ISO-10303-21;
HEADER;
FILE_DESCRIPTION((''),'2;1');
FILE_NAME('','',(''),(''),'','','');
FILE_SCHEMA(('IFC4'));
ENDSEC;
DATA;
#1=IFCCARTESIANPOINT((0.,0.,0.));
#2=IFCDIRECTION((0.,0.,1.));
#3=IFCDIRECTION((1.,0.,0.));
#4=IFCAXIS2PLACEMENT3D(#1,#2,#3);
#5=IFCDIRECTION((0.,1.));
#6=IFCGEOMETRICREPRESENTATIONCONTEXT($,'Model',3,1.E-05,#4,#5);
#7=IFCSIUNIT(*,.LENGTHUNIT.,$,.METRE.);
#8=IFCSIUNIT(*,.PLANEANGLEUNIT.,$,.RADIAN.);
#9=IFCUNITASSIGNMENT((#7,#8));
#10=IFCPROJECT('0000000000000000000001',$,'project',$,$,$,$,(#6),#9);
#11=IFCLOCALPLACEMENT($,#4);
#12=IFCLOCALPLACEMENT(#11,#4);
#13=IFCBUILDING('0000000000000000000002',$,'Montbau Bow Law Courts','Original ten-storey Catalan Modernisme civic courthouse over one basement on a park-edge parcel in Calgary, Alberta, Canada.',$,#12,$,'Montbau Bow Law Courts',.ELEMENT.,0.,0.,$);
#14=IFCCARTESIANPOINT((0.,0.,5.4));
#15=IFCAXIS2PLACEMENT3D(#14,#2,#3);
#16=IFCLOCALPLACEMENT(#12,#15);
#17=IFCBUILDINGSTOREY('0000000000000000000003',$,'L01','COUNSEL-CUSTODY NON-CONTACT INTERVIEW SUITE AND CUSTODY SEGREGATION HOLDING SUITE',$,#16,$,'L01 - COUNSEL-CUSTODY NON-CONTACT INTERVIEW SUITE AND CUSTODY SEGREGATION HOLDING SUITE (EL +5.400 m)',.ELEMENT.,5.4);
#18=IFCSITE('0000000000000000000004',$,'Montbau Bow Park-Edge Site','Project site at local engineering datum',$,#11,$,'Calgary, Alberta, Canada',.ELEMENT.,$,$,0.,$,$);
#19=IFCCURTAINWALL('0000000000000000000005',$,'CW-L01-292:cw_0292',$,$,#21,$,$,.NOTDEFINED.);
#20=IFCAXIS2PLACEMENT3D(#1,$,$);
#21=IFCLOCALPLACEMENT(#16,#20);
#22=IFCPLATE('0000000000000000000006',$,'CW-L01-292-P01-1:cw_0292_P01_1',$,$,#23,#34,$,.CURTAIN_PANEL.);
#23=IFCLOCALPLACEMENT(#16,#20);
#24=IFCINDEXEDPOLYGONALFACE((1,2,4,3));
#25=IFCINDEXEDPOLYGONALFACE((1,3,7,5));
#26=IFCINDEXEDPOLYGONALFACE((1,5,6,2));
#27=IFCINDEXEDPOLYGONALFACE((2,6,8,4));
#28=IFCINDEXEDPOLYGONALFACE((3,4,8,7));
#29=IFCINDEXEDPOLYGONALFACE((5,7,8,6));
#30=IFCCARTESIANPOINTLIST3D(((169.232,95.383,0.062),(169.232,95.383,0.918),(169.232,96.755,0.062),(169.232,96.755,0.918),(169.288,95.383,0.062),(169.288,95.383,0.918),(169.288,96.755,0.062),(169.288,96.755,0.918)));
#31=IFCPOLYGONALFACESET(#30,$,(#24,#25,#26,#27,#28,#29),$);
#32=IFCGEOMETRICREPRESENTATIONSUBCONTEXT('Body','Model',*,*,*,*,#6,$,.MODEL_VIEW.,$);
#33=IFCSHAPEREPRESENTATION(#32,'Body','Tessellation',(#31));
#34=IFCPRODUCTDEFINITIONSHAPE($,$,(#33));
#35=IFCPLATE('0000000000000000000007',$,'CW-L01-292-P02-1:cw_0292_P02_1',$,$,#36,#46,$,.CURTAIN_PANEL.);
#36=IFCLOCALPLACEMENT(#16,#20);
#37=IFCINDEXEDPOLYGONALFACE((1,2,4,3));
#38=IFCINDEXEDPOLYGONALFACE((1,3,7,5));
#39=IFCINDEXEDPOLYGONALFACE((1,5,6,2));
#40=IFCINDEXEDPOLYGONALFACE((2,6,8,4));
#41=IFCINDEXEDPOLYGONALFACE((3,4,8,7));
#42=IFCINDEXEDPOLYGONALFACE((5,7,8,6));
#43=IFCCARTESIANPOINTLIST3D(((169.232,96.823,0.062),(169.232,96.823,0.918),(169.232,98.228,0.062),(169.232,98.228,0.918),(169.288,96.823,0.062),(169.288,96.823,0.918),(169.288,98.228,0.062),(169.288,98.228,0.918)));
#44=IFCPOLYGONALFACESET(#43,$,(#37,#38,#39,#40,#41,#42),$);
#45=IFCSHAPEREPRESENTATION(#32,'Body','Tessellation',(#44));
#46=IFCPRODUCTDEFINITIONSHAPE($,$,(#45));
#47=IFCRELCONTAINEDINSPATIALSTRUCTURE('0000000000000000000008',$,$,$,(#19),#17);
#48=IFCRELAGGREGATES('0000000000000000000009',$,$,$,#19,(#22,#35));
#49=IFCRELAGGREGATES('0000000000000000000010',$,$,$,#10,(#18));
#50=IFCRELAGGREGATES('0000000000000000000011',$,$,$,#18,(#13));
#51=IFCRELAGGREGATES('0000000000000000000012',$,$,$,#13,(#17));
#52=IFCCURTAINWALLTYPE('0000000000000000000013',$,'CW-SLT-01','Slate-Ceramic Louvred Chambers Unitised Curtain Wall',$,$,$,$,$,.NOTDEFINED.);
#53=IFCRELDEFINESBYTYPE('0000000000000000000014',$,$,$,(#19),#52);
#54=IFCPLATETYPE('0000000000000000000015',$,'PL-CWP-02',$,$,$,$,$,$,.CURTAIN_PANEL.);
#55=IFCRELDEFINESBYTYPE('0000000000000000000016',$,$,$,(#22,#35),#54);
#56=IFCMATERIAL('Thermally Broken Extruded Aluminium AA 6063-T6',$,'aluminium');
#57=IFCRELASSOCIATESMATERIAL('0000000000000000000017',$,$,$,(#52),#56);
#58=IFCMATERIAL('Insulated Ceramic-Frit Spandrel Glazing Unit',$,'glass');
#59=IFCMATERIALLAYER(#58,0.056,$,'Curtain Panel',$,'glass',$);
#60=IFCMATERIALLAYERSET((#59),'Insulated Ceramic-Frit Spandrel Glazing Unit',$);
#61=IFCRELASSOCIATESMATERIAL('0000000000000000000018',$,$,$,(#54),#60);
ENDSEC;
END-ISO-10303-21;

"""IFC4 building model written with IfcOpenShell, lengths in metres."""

from ifc_helpers import new_model, si_unit, direction, frame, frame_2d, origin_with_axes, place, context, subcontext, project, spatial, rectangle, extrude, material, layer, layer_set, type_object, element, aggregate, save


model = new_model("IFC4")

# Units and contexts
model_context = context("Model", 3, precision=1e-05, world=origin_with_axes(), true_north=direction((0.0, 1.0)))
body_context = subcontext(model_context, "Body", "Model", "MODEL_VIEW")
ifc_project = project(units=[si_unit("LENGTHUNIT", "METRE"), si_unit("PLANEANGLEUNIT", "RADIAN")], contexts=[model_context])

# Site, building, storey
site_placement = place(None, origin_with_axes())
site = spatial("IfcSite", under=ifc_project, at=site_placement, Name="Montbau Bow Park-Edge Site", Description="Project site at local engineering datum", LongName="Calgary, Alberta, Canada", CompositionType="ELEMENT", RefElevation=0.0)
building_placement = place(site_placement, origin_with_axes())
building = spatial("IfcBuilding", under=site, at=building_placement, Name="Montbau Bow Law Courts", Description="Original ten-storey Catalan Modernisme civic courthouse over one basement on a park-edge parcel in Calgary, Alberta, Canada.", LongName="Montbau Bow Law Courts", CompositionType="ELEMENT", ElevationOfRefHeight=0.0, ElevationOfTerrain=0.0)
storey_placement = place(building_placement, frame((0.0, 0.0, 5.4), z_axis=(0.0, 0.0, 1.0), x_axis=(1.0, 0.0, 0.0)))
storey = spatial("IfcBuildingStorey", under=building, at=storey_placement, Name="L01", Description="COUNSEL-CUSTODY NON-CONTACT INTERVIEW SUITE AND CUSTODY SEGREGATION HOLDING SUITE", LongName="L01 - COUNSEL-CUSTODY NON-CONTACT INTERVIEW SUITE AND CUSTODY SEGREGATION HOLDING SUITE (EL +5.400 m)", CompositionType="ELEMENT", Elevation=5.4)

# Curtain wall
ifc_material_1 = material(Name="Thermally Broken Extruded Aluminium AA 6063-T6", Category="aluminium")
curtain_wall_type = type_object("IfcCurtainWallType", Name="CW-SLT-01", Description="Slate-Ceramic Louvred Chambers Unitised Curtain Wall", PredefinedType="NOTDEFINED", material=ifc_material_1)
curtain_wall_1_placement = place(None, frame((169.26, 95.315, 5.4), z_axis=(0.0, 0.0, 1.0), x_axis=(1.0, 0.0, 0.0)))
curtain_wall_1 = element("IfcCurtainWall", 1, at=curtain_wall_1_placement, inside=storey, type_object=curtain_wall_type, Name="CW-L01-292:cw_0292", PredefinedType="NOTDEFINED")

# Plates
ifc_material_2 = material(Name="Insulated Ceramic-Frit Spandrel Glazing Unit", Category="glass")
ifc_layer_1 = layer(ifc_material_2, 0.056, Name="Curtain Panel", Category="glass")
ifc_layer_set_1 = layer_set([ifc_layer_1], Name="Insulated Ceramic-Frit Spandrel Glazing Unit")
plate_type_1 = type_object("IfcPlateType", Name="PL-CWP-02", PredefinedType="CURTAIN_PANEL", material=ifc_layer_set_1)
plate_1_placement = place(None, frame((169.26, 95.383, 5.462), z_axis=(1.0, 0.0, 0.0), x_axis=(0.0, 1.0, 0.0)))
plate_1 = element("IfcPlate", 2, at=plate_1_placement, type_object=plate_type_1, Name="CW-L01-292-P01-1:cw_0292_P01_1", PredefinedType="CURTAIN_PANEL", context=body_context, shape_type="SweptSolid", body=[
    extrude(rectangle(XDim=1.372, YDim=0.856, at=frame_2d((0.686, 0.428), x_axis=(1.0, 0.0))), frame((0.0, 0.0, -0.028), z_axis=(0.0, 0.0, 1.0), x_axis=(1.0, 0.0, 0.0)), (0.0, 0.0, 1.0), 0.056),
])
plate_2_placement = place(None, frame((169.26, 96.823, 5.462), z_axis=(1.0, 0.0, 0.0), x_axis=(0.0, 1.0, 0.0)))
plate_2 = element("IfcPlate", 3, at=plate_2_placement, type_object=plate_type_1, Name="CW-L01-292-P02-1:cw_0292_P02_1", PredefinedType="CURTAIN_PANEL", context=body_context, shape_type="SweptSolid", body=[
    extrude(rectangle(XDim=1.405, YDim=0.856, at=frame_2d((0.7025, 0.428), x_axis=(1.0, 0.0))), frame((0.0, 0.0, -0.028), z_axis=(0.0, 0.0, 1.0), x_axis=(1.0, 0.0, 0.0)), (0.0, 0.0, 1.0), 0.056),
])
aggregate(curtain_wall_1, [plate_1, plate_2])

save(model, "model.ifc")
